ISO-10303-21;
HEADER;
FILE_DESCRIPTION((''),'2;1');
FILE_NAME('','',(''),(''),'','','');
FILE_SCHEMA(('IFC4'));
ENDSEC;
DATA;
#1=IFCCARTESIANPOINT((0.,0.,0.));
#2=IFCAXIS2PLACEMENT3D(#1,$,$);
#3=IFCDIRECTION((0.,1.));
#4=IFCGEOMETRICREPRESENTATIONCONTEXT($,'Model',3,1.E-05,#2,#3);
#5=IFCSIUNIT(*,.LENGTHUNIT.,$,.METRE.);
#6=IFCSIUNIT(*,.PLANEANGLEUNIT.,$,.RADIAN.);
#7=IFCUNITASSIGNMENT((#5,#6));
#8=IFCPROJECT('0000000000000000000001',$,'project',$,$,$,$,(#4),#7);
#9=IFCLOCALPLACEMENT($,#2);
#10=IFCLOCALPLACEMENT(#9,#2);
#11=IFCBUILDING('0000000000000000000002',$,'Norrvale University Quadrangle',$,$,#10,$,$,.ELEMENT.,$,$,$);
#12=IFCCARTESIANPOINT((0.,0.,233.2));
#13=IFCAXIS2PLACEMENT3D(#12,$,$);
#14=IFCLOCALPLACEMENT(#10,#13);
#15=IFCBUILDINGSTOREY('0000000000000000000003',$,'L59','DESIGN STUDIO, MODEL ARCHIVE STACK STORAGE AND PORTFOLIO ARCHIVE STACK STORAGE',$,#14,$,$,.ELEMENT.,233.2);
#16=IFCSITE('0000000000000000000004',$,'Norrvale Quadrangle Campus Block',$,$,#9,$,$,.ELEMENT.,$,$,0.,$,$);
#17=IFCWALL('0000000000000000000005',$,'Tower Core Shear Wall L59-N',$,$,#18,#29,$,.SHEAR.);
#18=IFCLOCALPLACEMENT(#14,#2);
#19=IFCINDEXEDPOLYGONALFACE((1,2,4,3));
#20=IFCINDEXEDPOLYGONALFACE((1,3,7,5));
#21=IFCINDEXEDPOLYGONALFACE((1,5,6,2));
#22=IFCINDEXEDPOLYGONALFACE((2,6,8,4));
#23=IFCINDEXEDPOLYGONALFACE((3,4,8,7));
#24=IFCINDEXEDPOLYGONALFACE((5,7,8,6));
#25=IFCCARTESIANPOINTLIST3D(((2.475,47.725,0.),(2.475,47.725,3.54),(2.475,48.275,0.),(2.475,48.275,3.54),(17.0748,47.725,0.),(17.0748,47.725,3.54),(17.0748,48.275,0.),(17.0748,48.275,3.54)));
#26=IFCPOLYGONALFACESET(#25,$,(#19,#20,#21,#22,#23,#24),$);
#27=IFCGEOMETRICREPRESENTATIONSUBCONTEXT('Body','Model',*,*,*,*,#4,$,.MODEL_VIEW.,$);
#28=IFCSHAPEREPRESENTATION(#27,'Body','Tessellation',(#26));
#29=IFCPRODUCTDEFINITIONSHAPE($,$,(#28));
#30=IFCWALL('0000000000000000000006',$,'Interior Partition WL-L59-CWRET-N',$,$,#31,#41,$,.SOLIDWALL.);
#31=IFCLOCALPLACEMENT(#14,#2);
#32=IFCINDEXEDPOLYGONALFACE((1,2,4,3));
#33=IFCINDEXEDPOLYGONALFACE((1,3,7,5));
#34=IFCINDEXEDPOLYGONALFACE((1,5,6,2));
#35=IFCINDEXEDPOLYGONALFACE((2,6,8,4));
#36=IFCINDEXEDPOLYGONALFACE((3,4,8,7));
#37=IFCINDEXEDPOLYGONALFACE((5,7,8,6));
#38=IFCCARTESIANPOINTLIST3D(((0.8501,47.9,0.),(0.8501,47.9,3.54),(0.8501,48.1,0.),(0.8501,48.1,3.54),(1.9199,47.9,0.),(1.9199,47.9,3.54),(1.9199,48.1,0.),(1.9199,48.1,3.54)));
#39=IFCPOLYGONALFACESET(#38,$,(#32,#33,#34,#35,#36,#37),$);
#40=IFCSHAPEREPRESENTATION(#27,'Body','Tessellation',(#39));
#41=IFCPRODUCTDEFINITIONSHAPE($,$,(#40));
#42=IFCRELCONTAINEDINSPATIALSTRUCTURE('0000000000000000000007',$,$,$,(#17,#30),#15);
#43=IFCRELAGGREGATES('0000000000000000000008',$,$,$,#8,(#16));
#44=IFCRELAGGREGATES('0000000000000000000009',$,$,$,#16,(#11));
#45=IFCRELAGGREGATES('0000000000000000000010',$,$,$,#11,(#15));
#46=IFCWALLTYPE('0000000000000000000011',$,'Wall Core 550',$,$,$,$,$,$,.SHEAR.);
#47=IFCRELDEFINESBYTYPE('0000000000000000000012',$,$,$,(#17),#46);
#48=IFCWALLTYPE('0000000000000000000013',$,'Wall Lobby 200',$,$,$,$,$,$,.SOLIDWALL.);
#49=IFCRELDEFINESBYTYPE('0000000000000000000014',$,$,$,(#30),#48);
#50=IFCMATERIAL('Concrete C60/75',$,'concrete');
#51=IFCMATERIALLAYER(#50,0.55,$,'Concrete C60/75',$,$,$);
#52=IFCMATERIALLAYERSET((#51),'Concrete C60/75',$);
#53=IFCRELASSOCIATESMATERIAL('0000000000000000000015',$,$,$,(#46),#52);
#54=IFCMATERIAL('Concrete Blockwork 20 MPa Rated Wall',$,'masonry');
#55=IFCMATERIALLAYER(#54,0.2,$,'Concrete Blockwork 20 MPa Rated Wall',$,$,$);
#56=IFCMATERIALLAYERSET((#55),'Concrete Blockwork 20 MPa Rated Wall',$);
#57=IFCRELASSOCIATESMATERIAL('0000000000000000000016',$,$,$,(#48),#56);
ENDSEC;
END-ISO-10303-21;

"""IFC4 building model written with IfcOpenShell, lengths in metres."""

from ifc_helpers import new_model, si_unit, direction, frame, frame_2d, origin, place, context, subcontext, project, spatial, rectangle, extrude, material, layer, layer_set, type_object, element, save


model = new_model("IFC4")

# Units and contexts
model_context = context("Model", 3, precision=1e-05, world=origin(), true_north=direction((0.0, 1.0)))
body_context = subcontext(model_context, "Body", "Model", "MODEL_VIEW")
ifc_project = project(units=[si_unit("LENGTHUNIT", "METRE"), si_unit("PLANEANGLEUNIT", "RADIAN")], contexts=[model_context])

# Site, building, storey
site_placement = place(None, origin())
site = spatial("IfcSite", under=ifc_project, at=site_placement, Name="Norrvale Quadrangle Campus Block", CompositionType="ELEMENT", RefElevation=0.0)
building_placement = place(site_placement, origin())
building = spatial("IfcBuilding", under=site, at=building_placement, Name="Norrvale University Quadrangle", CompositionType="ELEMENT")
storey_placement = place(building_placement, frame((0.0, 0.0, 233.2)))
storey = spatial("IfcBuildingStorey", under=building, at=storey_placement, Name="L59", Description="DESIGN STUDIO, MODEL ARCHIVE STACK STORAGE AND PORTFOLIO ARCHIVE STACK STORAGE", CompositionType="ELEMENT", Elevation=233.2)

# Shared definitions
ifc_material_1 = material(Name="Concrete C60/75", Category="concrete")

# Walls
ifc_layer_1 = layer(ifc_material_1, 0.55, Name="Concrete C60/75")
ifc_layer_set_1 = layer_set([ifc_layer_1], Name="Concrete C60/75")
wall_type_1 = type_object("IfcWallType", Name="Wall Core 550", PredefinedType="SHEAR", material=ifc_layer_set_1)
wall_1_placement = place(storey_placement, frame((2.4751, 48.0, 0.0), z_axis=(0.0, 0.0, 1.0), x_axis=(1.0, 0.0, 0.0)))
element("IfcWall", 1, at=wall_1_placement, inside=storey, type_object=wall_type_1, Name="Tower Core Shear Wall L59-N", PredefinedType="SHEAR", context=body_context, shape_type="SweptSolid", body=[
    extrude(rectangle(XDim=14.5999, YDim=0.55, at=frame_2d((7.2998, 0.0))), origin(), (0.0, 0.0, 1.0), 3.54),
])
ifc_material_2 = material(Name="Concrete Blockwork 20 MPa Rated Wall", Category="masonry")
ifc_layer_2 = layer(ifc_material_2, 0.2, Name="Concrete Blockwork 20 MPa Rated Wall")
ifc_layer_set_2 = layer_set([ifc_layer_2], Name="Concrete Blockwork 20 MPa Rated Wall")
wall_type_2 = type_object("IfcWallType", Name="Wall Lobby 200", PredefinedType="SOLIDWALL", material=ifc_layer_set_2)
wall_2_placement = place(storey_placement, frame((0.8501, 48.0, 0.0), z_axis=(0.0, 0.0, 1.0), x_axis=(1.0, 0.0, 0.0)))
element("IfcWall", 2, at=wall_2_placement, inside=storey, type_object=wall_type_2, Name="Interior Partition WL-L59-CWRET-N", PredefinedType="SOLIDWALL", context=body_context, shape_type="SweptSolid", body=[
    extrude(rectangle(XDim=1.0698, YDim=0.2, at=frame_2d((0.5349, 0.0))), origin(), (0.0, 0.0, 1.0), 3.54),
])

save(model, "model.ifc")
